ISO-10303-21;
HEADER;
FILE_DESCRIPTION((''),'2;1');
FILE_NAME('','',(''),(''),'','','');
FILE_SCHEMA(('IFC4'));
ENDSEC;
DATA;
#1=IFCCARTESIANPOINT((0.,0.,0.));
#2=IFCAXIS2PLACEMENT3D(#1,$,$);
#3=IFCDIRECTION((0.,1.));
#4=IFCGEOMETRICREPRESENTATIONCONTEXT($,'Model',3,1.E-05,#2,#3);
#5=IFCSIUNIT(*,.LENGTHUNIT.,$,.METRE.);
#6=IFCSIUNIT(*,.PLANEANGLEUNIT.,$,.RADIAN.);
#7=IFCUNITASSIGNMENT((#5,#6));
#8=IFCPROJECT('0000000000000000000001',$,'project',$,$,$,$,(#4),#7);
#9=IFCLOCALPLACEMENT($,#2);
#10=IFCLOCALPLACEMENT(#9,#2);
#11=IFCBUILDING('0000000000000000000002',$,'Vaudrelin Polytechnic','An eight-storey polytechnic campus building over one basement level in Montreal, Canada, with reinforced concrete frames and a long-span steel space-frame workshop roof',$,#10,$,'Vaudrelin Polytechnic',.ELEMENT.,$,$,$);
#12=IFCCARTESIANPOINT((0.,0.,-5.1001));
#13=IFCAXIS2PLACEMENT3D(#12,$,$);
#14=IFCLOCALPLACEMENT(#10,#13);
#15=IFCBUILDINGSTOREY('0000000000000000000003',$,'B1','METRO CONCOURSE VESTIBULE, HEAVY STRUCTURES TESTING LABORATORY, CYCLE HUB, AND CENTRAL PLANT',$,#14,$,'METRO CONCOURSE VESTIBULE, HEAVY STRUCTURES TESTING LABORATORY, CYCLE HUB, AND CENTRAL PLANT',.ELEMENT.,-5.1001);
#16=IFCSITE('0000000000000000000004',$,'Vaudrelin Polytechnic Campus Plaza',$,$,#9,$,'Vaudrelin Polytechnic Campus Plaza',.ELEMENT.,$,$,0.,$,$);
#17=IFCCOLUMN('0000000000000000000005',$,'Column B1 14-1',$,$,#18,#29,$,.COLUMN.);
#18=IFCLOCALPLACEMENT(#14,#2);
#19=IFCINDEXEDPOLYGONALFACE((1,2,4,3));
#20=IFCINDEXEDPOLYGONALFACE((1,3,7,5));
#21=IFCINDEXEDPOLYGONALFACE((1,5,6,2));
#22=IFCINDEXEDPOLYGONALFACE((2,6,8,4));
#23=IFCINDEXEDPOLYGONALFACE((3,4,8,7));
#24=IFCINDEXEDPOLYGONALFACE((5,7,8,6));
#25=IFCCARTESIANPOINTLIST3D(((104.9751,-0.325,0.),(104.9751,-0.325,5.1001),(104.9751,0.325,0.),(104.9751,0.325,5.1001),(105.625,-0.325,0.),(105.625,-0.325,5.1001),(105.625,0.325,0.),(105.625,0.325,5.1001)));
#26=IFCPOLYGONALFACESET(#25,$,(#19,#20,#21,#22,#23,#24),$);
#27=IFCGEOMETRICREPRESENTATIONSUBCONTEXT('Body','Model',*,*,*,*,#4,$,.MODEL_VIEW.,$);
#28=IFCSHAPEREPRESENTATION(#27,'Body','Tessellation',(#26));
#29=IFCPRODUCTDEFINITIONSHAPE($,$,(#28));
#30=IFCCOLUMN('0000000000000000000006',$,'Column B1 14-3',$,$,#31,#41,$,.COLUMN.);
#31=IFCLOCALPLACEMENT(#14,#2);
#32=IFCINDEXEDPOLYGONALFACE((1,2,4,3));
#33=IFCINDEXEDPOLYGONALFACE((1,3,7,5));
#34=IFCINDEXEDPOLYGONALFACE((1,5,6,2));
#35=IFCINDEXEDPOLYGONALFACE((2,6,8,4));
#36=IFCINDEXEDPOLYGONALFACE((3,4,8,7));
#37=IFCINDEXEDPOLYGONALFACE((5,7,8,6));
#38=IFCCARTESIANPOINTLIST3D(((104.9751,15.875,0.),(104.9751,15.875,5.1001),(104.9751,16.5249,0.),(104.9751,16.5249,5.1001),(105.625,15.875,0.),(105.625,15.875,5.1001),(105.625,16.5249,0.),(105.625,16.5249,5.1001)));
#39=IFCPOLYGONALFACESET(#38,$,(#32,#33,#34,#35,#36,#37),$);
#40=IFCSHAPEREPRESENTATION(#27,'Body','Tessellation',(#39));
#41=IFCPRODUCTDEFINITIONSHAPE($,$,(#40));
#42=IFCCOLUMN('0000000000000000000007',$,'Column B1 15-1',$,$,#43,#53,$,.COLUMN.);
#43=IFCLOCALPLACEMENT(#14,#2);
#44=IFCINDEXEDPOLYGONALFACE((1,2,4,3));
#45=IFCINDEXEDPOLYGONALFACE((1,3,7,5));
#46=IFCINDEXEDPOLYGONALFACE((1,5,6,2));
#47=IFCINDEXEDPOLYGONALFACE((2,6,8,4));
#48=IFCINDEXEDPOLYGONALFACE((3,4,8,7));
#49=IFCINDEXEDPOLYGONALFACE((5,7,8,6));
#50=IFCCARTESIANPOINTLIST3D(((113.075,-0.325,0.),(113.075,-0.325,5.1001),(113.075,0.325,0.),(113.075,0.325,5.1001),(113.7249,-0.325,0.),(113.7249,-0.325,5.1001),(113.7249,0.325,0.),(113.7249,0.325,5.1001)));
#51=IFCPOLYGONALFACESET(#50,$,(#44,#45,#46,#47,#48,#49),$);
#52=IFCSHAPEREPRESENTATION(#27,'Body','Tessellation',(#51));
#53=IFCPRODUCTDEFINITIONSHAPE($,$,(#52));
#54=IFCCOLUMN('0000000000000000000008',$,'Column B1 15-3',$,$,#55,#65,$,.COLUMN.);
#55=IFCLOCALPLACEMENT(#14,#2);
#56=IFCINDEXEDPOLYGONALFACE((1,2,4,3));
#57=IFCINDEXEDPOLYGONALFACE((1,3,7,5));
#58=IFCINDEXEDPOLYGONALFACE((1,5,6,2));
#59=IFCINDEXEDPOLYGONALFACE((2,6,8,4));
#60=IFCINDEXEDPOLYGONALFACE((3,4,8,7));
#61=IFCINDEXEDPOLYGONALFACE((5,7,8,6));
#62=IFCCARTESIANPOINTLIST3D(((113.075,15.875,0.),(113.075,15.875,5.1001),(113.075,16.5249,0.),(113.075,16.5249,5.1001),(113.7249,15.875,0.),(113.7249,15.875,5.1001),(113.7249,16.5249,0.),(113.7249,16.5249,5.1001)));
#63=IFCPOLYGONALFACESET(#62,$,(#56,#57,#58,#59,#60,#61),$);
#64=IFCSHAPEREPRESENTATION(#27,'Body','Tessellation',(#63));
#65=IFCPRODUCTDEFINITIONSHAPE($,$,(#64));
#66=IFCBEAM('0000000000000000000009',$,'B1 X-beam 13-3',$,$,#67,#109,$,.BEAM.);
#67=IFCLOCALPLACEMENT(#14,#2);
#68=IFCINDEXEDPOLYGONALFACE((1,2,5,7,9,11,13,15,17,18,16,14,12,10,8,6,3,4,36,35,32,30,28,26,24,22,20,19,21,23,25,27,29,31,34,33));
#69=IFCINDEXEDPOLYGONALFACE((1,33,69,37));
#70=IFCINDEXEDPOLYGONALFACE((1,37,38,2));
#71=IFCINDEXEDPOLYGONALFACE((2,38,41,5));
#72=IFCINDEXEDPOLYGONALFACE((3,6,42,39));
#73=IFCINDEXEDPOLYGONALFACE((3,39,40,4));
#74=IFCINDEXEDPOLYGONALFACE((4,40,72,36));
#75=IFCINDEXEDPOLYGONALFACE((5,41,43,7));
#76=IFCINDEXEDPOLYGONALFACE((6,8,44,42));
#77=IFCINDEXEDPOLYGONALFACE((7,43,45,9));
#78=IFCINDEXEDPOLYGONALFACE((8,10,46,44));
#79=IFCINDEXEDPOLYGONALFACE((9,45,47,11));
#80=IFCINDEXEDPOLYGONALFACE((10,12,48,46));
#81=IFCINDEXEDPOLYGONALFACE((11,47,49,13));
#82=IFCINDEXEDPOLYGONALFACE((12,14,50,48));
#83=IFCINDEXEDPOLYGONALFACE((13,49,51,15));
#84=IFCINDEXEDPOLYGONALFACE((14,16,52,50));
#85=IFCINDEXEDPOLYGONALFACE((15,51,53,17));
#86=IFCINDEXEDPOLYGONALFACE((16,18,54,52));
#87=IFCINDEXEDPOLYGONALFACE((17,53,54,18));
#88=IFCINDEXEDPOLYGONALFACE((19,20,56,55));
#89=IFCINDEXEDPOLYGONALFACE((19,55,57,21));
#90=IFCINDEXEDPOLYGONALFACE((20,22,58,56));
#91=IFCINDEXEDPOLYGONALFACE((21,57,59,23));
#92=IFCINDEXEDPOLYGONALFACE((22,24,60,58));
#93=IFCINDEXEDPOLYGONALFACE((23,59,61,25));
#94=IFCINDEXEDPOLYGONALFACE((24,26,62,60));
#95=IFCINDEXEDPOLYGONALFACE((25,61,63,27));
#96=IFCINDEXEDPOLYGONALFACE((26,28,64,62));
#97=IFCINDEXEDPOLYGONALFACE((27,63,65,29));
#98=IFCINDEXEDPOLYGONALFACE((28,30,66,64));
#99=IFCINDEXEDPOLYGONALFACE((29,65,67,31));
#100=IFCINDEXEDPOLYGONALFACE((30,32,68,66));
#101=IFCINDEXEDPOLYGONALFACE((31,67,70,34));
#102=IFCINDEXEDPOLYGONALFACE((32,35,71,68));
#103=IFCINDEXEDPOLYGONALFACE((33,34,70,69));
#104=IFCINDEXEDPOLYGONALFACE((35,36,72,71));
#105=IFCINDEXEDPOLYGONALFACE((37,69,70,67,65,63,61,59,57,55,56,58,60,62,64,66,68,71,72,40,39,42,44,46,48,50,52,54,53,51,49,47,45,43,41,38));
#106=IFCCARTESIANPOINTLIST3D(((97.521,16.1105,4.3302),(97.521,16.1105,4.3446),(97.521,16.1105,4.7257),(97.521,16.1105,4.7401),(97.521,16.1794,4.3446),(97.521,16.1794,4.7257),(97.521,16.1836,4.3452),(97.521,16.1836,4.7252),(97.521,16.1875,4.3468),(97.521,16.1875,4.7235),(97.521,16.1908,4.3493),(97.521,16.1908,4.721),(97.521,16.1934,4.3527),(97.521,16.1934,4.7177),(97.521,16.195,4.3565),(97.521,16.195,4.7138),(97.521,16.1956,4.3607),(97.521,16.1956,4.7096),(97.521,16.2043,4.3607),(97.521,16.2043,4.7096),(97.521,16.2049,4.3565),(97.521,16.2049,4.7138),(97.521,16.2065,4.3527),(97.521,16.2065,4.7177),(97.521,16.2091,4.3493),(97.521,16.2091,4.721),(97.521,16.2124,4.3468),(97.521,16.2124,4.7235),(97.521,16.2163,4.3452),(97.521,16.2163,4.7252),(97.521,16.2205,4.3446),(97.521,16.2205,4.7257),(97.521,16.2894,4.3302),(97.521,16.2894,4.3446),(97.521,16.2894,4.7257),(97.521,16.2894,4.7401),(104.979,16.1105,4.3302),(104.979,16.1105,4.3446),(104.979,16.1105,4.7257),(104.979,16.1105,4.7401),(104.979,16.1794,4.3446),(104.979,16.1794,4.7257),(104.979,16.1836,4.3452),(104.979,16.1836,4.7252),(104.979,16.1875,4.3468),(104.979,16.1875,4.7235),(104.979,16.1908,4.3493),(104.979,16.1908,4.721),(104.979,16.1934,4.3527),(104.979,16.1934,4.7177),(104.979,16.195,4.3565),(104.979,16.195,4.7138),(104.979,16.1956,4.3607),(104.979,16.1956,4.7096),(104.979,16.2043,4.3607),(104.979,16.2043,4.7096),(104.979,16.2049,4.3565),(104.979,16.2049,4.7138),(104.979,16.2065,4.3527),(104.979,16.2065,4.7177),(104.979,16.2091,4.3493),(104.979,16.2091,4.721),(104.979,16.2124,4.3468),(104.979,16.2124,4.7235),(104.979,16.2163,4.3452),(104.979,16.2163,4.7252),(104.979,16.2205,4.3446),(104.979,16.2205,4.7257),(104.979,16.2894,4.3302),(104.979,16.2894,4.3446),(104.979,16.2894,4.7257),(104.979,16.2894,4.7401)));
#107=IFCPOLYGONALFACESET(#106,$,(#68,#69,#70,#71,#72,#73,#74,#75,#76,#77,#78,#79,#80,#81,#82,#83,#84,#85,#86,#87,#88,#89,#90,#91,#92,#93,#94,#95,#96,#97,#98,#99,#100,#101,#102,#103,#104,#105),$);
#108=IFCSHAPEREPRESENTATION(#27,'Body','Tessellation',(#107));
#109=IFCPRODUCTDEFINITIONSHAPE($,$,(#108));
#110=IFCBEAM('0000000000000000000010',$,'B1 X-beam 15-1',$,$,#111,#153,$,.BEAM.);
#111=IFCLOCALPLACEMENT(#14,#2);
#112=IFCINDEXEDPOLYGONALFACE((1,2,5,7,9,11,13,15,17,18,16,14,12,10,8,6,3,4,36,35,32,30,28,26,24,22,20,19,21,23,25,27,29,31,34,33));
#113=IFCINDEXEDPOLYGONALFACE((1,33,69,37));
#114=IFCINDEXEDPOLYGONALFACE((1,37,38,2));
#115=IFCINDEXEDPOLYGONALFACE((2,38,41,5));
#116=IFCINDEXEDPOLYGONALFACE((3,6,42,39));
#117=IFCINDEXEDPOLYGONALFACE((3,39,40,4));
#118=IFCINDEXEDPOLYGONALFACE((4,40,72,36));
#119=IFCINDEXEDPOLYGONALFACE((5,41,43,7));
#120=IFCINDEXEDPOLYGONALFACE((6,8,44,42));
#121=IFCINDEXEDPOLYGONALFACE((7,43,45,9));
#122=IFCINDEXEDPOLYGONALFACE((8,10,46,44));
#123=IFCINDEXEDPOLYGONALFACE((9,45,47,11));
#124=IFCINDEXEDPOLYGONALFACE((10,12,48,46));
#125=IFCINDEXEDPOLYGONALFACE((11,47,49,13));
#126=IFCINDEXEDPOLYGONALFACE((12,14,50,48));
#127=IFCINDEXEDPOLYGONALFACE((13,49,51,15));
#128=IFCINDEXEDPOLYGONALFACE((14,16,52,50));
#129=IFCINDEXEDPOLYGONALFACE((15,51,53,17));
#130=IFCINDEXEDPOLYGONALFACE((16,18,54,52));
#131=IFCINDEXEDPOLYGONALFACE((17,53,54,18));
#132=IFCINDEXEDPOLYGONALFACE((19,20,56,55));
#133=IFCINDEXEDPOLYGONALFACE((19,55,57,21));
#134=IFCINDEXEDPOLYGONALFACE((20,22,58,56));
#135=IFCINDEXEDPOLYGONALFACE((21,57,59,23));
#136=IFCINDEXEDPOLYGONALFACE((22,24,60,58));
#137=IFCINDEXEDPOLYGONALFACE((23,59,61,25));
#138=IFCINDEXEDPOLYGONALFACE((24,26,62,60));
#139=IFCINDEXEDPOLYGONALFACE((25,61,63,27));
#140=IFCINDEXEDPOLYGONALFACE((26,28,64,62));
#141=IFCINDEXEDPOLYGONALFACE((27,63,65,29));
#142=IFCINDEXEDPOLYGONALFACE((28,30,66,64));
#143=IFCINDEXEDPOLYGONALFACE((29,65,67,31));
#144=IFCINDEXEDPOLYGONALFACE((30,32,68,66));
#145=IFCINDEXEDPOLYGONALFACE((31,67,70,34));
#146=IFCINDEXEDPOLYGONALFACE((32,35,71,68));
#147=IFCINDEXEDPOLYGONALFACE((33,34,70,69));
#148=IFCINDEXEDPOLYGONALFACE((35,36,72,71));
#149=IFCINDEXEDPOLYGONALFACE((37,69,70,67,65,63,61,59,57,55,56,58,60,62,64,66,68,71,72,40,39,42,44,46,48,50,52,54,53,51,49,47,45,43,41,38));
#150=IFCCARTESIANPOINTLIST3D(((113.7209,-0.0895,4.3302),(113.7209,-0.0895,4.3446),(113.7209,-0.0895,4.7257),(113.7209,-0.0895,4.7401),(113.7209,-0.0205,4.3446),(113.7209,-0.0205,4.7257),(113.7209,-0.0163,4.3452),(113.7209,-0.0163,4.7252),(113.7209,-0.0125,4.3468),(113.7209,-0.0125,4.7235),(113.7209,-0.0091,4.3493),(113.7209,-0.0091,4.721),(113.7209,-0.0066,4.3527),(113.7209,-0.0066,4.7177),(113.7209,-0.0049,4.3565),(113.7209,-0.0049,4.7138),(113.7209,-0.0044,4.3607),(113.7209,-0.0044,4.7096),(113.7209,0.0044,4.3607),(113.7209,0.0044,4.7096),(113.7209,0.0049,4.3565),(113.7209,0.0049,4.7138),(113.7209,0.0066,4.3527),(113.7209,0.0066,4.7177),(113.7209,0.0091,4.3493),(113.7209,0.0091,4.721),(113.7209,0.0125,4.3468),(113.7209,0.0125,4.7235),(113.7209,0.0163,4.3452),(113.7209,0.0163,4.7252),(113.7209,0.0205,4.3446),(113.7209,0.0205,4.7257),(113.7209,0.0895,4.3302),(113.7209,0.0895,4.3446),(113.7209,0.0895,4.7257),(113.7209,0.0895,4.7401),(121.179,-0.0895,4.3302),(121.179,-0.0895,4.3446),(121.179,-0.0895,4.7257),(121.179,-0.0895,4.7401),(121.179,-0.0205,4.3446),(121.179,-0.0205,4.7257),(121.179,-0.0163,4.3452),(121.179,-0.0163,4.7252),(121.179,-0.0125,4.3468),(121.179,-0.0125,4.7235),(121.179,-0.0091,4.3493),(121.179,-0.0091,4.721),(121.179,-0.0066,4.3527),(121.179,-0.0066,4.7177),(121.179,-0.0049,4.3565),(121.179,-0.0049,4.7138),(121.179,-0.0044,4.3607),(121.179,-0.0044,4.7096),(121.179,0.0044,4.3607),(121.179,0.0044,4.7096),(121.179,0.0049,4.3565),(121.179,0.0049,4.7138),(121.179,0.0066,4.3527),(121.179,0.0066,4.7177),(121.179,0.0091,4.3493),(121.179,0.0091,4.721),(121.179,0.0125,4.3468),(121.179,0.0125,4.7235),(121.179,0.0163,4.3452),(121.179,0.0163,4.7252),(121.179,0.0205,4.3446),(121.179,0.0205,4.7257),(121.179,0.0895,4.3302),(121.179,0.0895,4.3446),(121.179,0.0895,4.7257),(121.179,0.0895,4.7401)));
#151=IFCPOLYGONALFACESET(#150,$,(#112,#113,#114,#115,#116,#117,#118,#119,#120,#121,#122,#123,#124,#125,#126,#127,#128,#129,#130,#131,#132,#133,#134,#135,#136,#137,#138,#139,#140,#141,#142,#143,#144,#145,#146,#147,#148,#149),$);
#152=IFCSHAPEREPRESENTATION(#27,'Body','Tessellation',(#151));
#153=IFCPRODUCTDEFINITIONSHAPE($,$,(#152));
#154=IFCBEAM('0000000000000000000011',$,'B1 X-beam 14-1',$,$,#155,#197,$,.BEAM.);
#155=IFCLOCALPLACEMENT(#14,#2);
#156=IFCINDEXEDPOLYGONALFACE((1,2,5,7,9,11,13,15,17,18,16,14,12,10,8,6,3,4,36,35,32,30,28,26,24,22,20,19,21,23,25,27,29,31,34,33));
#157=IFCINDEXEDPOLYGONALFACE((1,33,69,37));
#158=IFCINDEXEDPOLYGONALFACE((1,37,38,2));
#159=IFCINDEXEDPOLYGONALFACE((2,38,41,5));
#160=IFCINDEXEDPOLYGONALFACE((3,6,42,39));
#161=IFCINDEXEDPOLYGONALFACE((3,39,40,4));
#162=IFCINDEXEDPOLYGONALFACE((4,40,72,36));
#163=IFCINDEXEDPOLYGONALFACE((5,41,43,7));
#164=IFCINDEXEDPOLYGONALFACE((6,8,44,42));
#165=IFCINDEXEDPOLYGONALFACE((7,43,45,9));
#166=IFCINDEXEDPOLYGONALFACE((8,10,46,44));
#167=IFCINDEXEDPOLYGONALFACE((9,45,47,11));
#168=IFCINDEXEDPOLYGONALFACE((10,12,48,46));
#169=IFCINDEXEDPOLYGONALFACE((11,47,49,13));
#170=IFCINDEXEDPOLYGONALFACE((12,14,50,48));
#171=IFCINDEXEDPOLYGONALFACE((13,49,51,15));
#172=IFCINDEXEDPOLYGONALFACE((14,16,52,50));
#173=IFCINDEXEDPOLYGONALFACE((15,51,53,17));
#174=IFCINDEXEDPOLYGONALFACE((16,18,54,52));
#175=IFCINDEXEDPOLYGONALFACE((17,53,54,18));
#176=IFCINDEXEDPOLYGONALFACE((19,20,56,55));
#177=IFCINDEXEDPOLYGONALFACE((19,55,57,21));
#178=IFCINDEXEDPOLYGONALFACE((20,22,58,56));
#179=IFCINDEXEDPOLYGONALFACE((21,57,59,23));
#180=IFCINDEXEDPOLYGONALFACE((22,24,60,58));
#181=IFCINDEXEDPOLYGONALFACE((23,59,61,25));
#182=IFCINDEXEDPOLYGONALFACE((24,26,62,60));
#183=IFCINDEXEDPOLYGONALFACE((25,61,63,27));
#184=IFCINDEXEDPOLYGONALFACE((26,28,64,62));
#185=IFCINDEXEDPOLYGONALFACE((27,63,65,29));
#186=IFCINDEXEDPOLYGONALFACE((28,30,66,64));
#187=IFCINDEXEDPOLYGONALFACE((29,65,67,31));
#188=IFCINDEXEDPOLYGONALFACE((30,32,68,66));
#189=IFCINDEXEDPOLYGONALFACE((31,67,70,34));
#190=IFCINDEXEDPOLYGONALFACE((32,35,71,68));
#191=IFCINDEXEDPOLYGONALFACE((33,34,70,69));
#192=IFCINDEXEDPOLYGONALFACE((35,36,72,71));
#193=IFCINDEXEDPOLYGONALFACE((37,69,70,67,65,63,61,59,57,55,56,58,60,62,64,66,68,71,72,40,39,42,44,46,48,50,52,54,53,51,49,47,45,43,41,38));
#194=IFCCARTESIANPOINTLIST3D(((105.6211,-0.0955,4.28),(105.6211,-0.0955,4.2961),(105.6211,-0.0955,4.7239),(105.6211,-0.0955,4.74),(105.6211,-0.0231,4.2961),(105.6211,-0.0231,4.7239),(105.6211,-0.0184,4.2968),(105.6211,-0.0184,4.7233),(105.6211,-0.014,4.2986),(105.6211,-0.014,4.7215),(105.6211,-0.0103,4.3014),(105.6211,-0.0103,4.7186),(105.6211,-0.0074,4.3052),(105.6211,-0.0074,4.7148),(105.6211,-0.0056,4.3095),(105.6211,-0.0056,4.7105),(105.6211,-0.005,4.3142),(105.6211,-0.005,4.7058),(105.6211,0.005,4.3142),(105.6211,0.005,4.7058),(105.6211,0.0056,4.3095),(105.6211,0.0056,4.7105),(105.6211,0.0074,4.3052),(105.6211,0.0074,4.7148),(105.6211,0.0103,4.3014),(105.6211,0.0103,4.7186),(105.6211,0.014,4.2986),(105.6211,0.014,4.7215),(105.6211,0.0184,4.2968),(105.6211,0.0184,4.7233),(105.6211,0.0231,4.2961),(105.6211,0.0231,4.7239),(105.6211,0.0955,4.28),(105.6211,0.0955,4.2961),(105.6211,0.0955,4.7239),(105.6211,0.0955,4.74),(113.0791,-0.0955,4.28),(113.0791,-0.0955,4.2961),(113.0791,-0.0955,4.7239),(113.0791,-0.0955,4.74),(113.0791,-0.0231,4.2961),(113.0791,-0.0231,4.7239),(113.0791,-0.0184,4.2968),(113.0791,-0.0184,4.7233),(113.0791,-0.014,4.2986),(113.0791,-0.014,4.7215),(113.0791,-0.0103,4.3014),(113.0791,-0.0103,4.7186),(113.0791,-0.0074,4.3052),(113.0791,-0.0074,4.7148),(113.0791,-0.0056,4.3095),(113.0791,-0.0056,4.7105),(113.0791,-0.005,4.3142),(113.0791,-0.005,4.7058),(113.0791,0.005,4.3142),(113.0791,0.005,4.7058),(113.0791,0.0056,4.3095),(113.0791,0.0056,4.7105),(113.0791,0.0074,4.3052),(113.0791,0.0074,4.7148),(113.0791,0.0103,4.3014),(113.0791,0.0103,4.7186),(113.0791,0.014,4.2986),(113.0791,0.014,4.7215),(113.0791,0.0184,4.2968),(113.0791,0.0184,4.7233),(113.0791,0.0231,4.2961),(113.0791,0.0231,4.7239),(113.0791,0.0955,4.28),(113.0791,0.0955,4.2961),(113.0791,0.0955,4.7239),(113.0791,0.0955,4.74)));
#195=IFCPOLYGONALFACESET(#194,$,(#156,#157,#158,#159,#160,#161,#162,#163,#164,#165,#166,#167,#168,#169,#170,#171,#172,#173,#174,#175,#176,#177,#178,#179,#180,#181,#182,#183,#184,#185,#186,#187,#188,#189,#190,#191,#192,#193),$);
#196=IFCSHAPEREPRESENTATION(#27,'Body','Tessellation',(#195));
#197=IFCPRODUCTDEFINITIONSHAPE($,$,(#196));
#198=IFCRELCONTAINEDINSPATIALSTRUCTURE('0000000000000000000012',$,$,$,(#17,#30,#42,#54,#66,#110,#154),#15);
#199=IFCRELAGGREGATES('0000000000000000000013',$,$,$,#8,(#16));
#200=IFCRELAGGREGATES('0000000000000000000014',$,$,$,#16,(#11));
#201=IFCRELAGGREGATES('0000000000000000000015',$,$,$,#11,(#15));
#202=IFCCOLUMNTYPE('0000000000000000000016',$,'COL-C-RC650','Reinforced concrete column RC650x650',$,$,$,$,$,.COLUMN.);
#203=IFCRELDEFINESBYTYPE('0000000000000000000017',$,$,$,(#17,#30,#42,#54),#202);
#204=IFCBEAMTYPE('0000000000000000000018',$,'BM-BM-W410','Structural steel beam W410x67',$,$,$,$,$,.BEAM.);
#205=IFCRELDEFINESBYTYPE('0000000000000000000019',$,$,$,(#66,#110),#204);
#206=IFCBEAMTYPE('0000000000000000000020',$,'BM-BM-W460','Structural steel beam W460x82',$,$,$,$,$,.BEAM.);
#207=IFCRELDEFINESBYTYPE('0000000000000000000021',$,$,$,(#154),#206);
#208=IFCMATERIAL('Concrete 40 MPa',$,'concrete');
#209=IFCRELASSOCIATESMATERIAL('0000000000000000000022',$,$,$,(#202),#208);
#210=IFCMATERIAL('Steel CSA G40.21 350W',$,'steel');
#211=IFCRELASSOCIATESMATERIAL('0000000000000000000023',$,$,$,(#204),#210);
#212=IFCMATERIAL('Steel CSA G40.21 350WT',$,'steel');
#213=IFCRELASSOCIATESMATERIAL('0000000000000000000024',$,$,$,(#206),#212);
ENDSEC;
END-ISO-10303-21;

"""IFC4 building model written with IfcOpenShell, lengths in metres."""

from ifc_helpers import new_model, si_unit, direction, frame, origin, origin_2d, place, context, subcontext, project, spatial, rectangle, i_section, extrude, material, material_profile, profile_set, type_object, element, save


model = new_model("IFC4")

# Units and contexts
model_context = context("Model", 3, precision=1e-05, world=origin(), true_north=direction((0.0, 1.0)))
body_context = subcontext(model_context, "Body", "Model", "MODEL_VIEW")
ifc_project = project(units=[si_unit("LENGTHUNIT", "METRE"), si_unit("PLANEANGLEUNIT", "RADIAN")], contexts=[model_context])

# Site, building, storey
site_placement = place(None, origin())
site = spatial("IfcSite", under=ifc_project, at=site_placement, Name="Vaudrelin Polytechnic Campus Plaza", LongName="Vaudrelin Polytechnic Campus Plaza", CompositionType="ELEMENT", RefElevation=0.0)
building_placement = place(site_placement, origin())
building = spatial("IfcBuilding", under=site, at=building_placement, Name="Vaudrelin Polytechnic", Description="An eight-storey polytechnic campus building over one basement level in Montreal, Canada, with reinforced concrete frames and a long-span steel space-frame workshop roof", LongName="Vaudrelin Polytechnic", CompositionType="ELEMENT")
storey_placement = place(building_placement, frame((0.0, 0.0, -5.1001)))
storey = spatial("IfcBuildingStorey", under=building, at=storey_placement, Name="B1", Description="METRO CONCOURSE VESTIBULE, HEAVY STRUCTURES TESTING LABORATORY, CYCLE HUB, AND CENTRAL PLANT", LongName="METRO CONCOURSE VESTIBULE, HEAVY STRUCTURES TESTING LABORATORY, CYCLE HUB, AND CENTRAL PLANT", CompositionType="ELEMENT", Elevation=-5.1001)

# Shared definitions
ifc_material_1 = material(Name="Concrete 40 MPa", Category="concrete")

# Columns
ifc_material_profile_1 = material_profile(ifc_material_1, rectangle(XDim=0.6499, YDim=0.6499, at=origin_2d()), Name="RC650x650")
ifc_profile_set_1 = profile_set([ifc_material_profile_1], Name="Concrete 40 MPa")
column_type = type_object("IfcColumnType", Name="COL-C-RC650", Description="Reinforced concrete column RC650x650", PredefinedType="COLUMN", material=ifc_profile_set_1)
for number, where, z_axis, x_axis, name in (
    (1, (105.3, 0.0, 0.0), (0.0, 0.0, 1.0), (1.0, 0.0, 0.0), "Column B1 14-1"),
    (2, (105.3, 16.2, 0.0), (0.0, 0.0, 1.0), (1.0, 0.0, 0.0), "Column B1 14-3"),
    (3, (113.3999, 0.0, 0.0), (0.0, 0.0, 1.0), (1.0, 0.0, 0.0), "Column B1 15-1"),
    (4, (113.3999, 16.2, 0.0), (0.0, 0.0, 1.0), (1.0, 0.0, 0.0), "Column B1 15-3"),
):
    element("IfcColumn", number, at=place(storey_placement, frame(where, z_axis=z_axis, x_axis=x_axis)), inside=storey, type_object=column_type, Name=name, PredefinedType="COLUMN", context=body_context, shape_type="SweptSolid", body=[
        extrude(rectangle(XDim=0.6499, YDim=0.6499, at=origin_2d()), origin(), (0.0, 0.0, 1.0), 5.1001),
    ])

# Beams
ifc_material_2 = material(Name="Steel CSA G40.21 350W", Category="steel")
ifc_material_profile_2 = material_profile(ifc_material_2, i_section(OverallWidth=0.179, OverallDepth=0.4099, WebThickness=0.0088, FlangeThickness=0.0144, FilletRadius=0.0161, at=origin_2d()), Name="W410x67")
ifc_profile_set_2 = profile_set([ifc_material_profile_2], Name="Steel CSA G40.21 350W")
beam_type_1 = type_object("IfcBeamType", Name="BM-BM-W410", Description="Structural steel beam W410x67", PredefinedType="BEAM", material=ifc_profile_set_2)
for number, where, z_axis, x_axis, name in (
    (5, (97.521, 16.2, 4.5352), (1.0, 0.0, 0.0), (0.0, 1.0, 0.0), "B1 X-beam 13-3"),
    (6, (113.7209, 0.0, 4.5352), (1.0, 0.0, 0.0), (0.0, 1.0, 0.0), "B1 X-beam 15-1"),
):
    element("IfcBeam", number, at=place(storey_placement, frame(where, z_axis=z_axis, x_axis=x_axis)), inside=storey, type_object=beam_type_1, Name=name, PredefinedType="BEAM", context=body_context, shape_type="SweptSolid", body=[
        extrude(i_section(OverallWidth=0.179, OverallDepth=0.4099, WebThickness=0.0088, FlangeThickness=0.0144, FilletRadius=0.0161, at=origin_2d()), origin(), (0.0, 0.0, 1.0), 7.458),
    ])
ifc_material_3 = material(Name="Steel CSA G40.21 350WT", Category="steel")
ifc_material_profile_3 = material_profile(ifc_material_3, i_section(OverallWidth=0.1909, OverallDepth=0.46, WebThickness=0.01, FlangeThickness=0.0161, FilletRadius=0.0181, at=origin_2d()), Name="W460x82")
ifc_profile_set_3 = profile_set([ifc_material_profile_3], Name="Steel CSA G40.21 350WT")
beam_type_2 = type_object("IfcBeamType", Name="BM-BM-W460", Description="Structural steel beam W460x82", PredefinedType="BEAM", material=ifc_profile_set_3)
beam_1_placement = place(storey_placement, frame((105.6211, 0.0, 4.51), z_axis=(1.0, 0.0, 0.0), x_axis=(0.0, 1.0, 0.0)))
element("IfcBeam", 7, at=beam_1_placement, inside=storey, type_object=beam_type_2, Name="B1 X-beam 14-1", PredefinedType="BEAM", context=body_context, shape_type="SweptSolid", body=[
    extrude(i_section(OverallWidth=0.1909, OverallDepth=0.46, WebThickness=0.01, FlangeThickness=0.0161, FilletRadius=0.0181, at=origin_2d()), origin(), (0.0, 0.0, 1.0), 7.458),
])

save(model, "model.ifc")
